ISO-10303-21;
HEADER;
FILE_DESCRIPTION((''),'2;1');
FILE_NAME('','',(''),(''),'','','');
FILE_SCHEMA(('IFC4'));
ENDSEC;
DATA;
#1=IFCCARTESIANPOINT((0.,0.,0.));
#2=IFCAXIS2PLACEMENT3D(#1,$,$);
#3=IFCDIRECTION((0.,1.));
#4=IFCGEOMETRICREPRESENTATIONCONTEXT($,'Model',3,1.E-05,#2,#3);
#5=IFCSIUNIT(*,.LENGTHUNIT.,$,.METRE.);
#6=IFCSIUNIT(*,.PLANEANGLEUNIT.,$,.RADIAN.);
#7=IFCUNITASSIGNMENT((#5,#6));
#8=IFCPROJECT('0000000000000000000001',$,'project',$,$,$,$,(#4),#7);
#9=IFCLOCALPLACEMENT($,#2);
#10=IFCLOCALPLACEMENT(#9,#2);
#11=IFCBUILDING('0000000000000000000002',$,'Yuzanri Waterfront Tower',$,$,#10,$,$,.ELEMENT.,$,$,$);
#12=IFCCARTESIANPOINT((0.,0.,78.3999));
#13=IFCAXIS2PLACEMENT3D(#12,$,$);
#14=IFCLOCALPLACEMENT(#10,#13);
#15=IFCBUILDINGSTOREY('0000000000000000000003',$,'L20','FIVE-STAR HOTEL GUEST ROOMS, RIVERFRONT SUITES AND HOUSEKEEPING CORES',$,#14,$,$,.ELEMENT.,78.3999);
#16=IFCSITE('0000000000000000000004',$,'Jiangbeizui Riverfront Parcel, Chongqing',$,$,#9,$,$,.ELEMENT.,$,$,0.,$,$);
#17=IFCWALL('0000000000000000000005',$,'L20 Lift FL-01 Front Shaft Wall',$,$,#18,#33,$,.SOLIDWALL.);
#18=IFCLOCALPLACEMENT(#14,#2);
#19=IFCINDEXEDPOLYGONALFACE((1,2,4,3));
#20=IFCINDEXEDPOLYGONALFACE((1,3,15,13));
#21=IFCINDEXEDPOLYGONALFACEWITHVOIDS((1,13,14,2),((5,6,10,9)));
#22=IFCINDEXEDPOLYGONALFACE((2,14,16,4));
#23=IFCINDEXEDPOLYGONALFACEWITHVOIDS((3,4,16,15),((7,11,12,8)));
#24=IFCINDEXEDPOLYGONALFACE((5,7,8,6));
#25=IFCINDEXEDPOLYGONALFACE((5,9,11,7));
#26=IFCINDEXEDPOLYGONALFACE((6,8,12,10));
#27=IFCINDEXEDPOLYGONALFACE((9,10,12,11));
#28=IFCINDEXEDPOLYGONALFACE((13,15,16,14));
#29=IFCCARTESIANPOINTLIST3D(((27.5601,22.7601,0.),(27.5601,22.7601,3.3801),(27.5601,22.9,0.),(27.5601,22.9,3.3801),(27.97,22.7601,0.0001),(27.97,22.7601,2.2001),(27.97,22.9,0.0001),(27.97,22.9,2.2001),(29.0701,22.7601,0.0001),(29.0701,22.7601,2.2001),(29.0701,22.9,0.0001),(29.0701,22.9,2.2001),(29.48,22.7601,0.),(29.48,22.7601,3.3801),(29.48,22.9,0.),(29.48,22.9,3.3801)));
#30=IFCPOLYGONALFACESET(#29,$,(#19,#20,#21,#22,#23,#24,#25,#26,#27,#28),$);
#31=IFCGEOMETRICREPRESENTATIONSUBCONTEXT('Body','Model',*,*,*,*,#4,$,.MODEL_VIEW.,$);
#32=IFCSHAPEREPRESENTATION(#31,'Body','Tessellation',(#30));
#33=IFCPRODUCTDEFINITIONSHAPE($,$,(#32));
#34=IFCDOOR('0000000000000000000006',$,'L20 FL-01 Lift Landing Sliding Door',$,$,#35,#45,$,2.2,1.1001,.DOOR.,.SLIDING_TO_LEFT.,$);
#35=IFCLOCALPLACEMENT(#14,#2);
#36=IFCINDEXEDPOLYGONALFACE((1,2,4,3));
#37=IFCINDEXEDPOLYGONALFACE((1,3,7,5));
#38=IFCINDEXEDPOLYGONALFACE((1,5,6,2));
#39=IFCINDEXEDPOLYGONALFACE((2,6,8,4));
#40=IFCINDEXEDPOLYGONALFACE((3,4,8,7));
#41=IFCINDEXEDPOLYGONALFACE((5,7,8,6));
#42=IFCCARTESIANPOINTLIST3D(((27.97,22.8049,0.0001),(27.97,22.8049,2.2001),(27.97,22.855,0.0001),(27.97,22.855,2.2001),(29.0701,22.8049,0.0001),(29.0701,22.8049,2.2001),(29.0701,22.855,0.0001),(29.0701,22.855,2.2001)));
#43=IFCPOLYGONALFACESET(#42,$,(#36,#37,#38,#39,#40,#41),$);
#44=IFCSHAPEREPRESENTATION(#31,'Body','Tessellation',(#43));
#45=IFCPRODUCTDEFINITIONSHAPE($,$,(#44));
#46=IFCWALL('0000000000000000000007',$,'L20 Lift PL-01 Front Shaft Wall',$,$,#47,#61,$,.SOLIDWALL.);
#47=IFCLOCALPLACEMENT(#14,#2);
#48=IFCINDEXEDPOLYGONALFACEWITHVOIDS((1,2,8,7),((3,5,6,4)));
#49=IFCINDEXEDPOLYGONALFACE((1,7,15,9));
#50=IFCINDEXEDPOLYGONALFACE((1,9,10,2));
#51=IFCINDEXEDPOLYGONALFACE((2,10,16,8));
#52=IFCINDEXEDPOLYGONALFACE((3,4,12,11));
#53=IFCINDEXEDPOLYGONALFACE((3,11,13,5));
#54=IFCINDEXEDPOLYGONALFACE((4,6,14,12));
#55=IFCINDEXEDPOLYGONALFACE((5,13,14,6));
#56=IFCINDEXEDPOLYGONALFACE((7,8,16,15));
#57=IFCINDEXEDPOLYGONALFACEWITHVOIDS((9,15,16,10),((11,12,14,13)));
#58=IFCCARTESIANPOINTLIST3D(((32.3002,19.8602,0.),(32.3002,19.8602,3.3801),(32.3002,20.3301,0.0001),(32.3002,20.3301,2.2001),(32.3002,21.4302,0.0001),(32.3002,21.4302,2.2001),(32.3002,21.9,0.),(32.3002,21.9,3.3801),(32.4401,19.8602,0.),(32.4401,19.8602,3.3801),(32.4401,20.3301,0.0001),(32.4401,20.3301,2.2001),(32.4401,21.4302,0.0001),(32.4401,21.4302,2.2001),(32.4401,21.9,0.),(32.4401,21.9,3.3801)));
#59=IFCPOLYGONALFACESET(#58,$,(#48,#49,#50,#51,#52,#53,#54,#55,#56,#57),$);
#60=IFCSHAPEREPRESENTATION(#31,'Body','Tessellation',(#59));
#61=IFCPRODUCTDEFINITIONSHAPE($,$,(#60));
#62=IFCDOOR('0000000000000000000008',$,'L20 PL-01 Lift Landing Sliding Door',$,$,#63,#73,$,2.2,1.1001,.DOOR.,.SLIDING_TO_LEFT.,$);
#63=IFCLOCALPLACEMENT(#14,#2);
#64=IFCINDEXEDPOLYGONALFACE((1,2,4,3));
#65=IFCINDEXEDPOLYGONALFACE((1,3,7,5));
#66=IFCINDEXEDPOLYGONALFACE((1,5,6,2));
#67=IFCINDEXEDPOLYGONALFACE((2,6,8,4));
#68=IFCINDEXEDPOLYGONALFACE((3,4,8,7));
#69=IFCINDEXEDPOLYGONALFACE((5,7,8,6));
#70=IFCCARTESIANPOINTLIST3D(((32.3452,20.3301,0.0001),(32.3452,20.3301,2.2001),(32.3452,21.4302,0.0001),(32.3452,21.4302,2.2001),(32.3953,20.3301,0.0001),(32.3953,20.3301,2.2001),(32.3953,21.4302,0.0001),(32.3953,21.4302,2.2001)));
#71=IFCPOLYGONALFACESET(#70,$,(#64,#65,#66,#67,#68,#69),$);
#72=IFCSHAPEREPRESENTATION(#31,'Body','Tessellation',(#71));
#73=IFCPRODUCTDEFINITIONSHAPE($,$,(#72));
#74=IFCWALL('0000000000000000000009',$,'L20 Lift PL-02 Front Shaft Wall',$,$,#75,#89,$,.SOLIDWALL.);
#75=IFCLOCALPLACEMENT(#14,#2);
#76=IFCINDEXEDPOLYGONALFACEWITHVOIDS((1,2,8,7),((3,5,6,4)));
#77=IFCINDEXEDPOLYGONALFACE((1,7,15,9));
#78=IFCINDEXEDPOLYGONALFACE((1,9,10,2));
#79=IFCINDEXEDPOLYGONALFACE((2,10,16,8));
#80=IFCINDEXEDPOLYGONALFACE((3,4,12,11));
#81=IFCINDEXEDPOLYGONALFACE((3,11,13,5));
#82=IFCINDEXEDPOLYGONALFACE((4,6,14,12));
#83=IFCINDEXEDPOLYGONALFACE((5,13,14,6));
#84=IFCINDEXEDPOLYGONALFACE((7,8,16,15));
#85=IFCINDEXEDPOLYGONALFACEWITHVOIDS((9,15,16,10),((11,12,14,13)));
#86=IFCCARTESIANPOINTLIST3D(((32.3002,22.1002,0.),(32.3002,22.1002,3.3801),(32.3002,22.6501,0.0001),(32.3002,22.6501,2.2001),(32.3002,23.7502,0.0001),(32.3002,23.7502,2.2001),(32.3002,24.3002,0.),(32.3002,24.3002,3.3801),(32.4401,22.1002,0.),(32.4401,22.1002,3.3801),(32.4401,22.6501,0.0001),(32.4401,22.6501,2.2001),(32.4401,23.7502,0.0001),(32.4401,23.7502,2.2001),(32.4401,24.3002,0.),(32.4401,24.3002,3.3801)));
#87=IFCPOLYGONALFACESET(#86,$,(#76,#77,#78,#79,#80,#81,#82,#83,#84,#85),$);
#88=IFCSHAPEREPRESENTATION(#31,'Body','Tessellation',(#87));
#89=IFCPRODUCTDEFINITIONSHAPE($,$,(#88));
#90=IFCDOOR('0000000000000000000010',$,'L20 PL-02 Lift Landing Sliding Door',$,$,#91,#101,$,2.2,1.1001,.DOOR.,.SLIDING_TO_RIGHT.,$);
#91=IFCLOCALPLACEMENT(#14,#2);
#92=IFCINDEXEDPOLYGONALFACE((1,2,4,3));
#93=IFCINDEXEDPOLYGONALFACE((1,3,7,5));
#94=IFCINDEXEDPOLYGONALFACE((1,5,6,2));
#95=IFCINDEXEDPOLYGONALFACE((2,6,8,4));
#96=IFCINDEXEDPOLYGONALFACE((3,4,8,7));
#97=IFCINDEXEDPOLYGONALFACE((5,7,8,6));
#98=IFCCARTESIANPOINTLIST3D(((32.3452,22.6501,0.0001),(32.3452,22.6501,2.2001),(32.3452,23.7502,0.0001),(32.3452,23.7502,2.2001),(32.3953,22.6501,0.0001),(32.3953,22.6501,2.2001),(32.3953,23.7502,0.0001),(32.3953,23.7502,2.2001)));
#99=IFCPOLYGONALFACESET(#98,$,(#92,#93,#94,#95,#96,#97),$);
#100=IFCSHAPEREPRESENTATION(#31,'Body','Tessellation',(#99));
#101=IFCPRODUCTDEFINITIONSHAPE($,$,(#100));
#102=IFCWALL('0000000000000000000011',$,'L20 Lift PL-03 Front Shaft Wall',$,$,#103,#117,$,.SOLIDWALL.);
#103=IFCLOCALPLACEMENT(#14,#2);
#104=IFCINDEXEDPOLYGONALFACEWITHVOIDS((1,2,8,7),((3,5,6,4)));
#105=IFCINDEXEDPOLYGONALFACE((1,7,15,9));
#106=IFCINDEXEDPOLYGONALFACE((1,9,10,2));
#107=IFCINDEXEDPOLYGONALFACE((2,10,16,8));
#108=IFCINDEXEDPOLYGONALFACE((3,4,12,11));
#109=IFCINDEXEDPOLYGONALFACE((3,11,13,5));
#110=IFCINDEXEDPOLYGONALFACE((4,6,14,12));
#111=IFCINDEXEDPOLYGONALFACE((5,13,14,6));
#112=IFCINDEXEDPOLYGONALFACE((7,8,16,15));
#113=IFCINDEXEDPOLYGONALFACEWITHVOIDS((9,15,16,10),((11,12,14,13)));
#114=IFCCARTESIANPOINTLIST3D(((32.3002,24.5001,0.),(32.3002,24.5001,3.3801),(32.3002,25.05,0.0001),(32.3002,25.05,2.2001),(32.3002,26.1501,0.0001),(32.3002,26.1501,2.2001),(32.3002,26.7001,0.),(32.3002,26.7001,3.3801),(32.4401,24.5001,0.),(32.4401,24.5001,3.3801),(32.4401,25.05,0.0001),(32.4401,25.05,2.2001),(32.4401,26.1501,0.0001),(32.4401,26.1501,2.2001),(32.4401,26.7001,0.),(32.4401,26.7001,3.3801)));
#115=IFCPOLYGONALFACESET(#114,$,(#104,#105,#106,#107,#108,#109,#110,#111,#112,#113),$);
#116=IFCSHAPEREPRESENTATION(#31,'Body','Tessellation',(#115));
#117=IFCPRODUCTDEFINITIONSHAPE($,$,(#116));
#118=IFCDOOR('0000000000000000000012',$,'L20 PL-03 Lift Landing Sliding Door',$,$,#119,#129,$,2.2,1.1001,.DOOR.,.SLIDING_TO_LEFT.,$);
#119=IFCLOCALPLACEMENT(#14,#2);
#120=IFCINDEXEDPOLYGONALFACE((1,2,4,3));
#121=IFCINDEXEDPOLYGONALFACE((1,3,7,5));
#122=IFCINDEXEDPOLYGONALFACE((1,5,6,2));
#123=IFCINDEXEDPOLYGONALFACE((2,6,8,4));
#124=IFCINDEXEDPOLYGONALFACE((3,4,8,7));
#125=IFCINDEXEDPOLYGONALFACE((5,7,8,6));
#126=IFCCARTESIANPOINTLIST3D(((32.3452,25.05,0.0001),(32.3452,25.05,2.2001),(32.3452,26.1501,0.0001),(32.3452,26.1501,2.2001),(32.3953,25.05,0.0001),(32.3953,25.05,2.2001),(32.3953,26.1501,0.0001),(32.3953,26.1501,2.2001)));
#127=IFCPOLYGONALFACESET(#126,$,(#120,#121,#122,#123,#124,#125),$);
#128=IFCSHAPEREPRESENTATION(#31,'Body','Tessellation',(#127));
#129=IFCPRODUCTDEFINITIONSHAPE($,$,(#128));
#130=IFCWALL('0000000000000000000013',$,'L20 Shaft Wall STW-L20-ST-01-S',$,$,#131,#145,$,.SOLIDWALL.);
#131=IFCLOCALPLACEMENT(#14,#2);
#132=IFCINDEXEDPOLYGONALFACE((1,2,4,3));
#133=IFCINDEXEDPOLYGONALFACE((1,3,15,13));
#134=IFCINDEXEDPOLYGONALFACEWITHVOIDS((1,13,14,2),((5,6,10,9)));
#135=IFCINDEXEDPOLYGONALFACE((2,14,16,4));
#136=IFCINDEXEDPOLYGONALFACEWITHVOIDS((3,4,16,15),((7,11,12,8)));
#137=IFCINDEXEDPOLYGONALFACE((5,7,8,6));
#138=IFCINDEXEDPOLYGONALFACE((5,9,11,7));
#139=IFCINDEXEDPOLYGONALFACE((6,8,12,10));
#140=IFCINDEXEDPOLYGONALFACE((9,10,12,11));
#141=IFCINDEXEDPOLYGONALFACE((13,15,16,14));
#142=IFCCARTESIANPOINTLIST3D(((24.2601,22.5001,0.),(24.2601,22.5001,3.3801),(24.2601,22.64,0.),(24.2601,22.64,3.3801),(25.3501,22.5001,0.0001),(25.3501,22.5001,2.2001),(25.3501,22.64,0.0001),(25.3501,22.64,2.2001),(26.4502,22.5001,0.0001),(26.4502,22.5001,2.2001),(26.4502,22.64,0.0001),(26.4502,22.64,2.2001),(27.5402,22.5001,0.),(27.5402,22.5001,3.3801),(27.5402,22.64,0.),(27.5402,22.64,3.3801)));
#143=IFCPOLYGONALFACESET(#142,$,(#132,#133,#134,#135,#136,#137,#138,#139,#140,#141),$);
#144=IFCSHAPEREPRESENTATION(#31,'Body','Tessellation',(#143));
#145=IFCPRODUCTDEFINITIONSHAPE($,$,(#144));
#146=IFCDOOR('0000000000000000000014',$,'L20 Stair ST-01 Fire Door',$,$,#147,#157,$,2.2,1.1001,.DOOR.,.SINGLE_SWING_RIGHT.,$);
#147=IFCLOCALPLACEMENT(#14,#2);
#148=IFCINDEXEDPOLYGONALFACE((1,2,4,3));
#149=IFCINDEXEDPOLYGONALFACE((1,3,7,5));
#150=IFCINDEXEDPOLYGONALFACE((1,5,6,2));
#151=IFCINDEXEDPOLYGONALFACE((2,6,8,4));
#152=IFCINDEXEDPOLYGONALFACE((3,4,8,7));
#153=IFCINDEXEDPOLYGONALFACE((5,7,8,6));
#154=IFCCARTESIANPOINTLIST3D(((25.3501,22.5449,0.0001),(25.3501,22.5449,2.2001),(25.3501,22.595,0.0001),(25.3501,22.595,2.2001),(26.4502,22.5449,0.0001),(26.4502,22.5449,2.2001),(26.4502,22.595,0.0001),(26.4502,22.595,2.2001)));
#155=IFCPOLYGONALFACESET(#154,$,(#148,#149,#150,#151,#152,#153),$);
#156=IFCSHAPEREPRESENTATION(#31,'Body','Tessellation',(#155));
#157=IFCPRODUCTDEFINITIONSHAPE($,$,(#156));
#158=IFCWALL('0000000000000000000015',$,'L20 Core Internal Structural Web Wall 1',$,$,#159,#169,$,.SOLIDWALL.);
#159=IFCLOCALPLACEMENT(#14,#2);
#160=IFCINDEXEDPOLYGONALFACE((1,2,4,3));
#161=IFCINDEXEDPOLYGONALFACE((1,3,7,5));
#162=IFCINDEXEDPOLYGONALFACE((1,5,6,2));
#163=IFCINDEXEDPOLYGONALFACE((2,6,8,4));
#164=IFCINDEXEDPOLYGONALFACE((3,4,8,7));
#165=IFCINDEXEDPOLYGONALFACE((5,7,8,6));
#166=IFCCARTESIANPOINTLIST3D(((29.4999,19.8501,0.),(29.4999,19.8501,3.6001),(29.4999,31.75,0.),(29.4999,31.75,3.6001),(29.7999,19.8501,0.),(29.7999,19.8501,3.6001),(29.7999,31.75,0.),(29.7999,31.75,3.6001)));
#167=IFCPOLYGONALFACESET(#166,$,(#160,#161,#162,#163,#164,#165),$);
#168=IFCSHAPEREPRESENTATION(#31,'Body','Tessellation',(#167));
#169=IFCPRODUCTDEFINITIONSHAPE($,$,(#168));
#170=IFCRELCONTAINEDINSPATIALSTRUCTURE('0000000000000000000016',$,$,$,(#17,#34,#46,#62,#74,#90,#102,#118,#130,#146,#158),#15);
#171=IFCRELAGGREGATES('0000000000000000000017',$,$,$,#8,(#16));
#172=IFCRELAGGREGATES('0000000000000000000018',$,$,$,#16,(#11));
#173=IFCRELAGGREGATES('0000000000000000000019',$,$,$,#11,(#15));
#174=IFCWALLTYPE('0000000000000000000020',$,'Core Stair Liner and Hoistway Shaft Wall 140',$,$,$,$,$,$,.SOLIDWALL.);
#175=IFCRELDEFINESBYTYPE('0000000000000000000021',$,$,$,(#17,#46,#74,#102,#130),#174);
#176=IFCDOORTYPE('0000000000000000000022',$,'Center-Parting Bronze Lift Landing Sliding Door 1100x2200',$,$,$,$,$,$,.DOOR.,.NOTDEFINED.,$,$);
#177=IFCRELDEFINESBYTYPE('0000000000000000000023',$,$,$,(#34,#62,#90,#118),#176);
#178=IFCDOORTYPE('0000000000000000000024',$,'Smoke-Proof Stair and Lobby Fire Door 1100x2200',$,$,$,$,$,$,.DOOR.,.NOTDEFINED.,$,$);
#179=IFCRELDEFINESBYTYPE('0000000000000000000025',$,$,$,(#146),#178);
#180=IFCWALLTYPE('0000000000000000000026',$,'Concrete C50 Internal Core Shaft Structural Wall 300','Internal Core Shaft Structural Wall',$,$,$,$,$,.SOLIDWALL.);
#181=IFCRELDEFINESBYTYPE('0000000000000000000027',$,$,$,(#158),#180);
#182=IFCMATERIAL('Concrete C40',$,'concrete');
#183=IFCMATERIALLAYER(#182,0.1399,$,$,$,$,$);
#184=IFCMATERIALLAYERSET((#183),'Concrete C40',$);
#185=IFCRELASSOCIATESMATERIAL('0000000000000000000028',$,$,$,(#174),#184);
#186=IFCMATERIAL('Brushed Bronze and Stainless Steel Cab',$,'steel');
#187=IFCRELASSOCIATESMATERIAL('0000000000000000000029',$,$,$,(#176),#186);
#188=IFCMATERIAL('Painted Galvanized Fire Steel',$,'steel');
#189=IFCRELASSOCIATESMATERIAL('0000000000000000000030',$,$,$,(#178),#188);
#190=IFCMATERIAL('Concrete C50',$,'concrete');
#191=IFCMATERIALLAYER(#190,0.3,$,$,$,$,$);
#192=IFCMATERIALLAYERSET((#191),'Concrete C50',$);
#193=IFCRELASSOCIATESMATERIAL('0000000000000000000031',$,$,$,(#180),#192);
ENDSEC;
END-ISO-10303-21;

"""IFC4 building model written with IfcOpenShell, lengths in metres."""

from ifc_helpers import new_model, si_unit, direction, frame, frame_2d, origin, place, context, subcontext, project, spatial, rectangle, extrude, source, transform, mapped, material, layer, layer_set, type_object, element, fill, save


model = new_model("IFC4")

# Units and contexts
model_context = context("Model", 3, precision=1e-05, world=origin(), true_north=direction((0.0, 1.0)))
body_context = subcontext(model_context, "Body", "Model", "MODEL_VIEW")
ifc_project = project(units=[si_unit("LENGTHUNIT", "METRE"), si_unit("PLANEANGLEUNIT", "RADIAN")], contexts=[model_context])

# Site, building, storey
site_placement = place(None, origin())
site = spatial("IfcSite", under=ifc_project, at=site_placement, Name="Jiangbeizui Riverfront Parcel, Chongqing", CompositionType="ELEMENT", RefElevation=0.0)
building_placement = place(site_placement, origin())
building = spatial("IfcBuilding", under=site, at=building_placement, Name="Yuzanri Waterfront Tower", CompositionType="ELEMENT")
storey_placement = place(building_placement, frame((0.0, 0.0, 78.3999)))
storey = spatial("IfcBuildingStorey", under=building, at=storey_placement, Name="L20", Description="FIVE-STAR HOTEL GUEST ROOMS, RIVERFRONT SUITES AND HOUSEKEEPING CORES", CompositionType="ELEMENT", Elevation=78.3999)

# Walls, openings, doors
ifc_material_1 = material(Name="Concrete C40", Category="concrete")
ifc_layer_1 = layer(ifc_material_1, 0.1399)
ifc_layer_set_1 = layer_set([ifc_layer_1], Name="Concrete C40")
wall_type_1 = type_object("IfcWallType", Name="Core Stair Liner and Hoistway Shaft Wall 140", PredefinedType="SOLIDWALL", material=ifc_layer_set_1)
wall_1_placement = place(storey_placement, frame((27.5601, 22.8301, 0.0), z_axis=(0.0, 0.0, 1.0), x_axis=(1.0, 0.0, 0.0)))
wall_1 = element("IfcWall", 1, at=wall_1_placement, inside=storey, type_object=wall_type_1, Name="L20 Lift FL-01 Front Shaft Wall", PredefinedType="SOLIDWALL", context=body_context, shape_type="SweptSolid", body=[
    extrude(rectangle(XDim=1.9199, YDim=0.1399, at=frame_2d((0.96, 0.0))), origin(), (0.0, 0.0, 1.0), 3.3801),
])
opening_1_placement = place(wall_1_placement, frame((0.4099, 0.0, 0.0)))
opening_1 = element("IfcOpeningElement", 2, at=opening_1_placement, cuts=wall_1, PredefinedType="OPENING", context=body_context, shape_type="SweptSolid", body=[
    extrude(rectangle(XDim=1.1001, YDim=2.2, at=frame_2d((0.55, 1.1001))), frame((0.0, 0.085, 0.0), z_axis=(0.0, -1.0, 0.0), x_axis=(1.0, 0.0, 0.0)), (0.0, 0.0, 1.0), 0.1697),
])
ifc_material_2 = material(Name="Brushed Bronze and Stainless Steel Cab", Category="steel")
door_type_1 = type_object("IfcDoorType", Name="Center-Parting Bronze Lift Landing Sliding Door 1100x2200", OperationType="NOTDEFINED", PredefinedType="DOOR", material=ifc_material_2)
shared_shape_1 = source(origin(), body_context, "Body", "SweptSolid", [
    extrude(rectangle(XDim=1.1001, YDim=2.2, at=frame_2d((0.55, 1.1001))), frame((0.0, 0.0249, 0.0), z_axis=(0.0, -1.0, 0.0), x_axis=(1.0, 0.0, 0.0)), (0.0, 0.0, 1.0), 0.05),
])
door_1_placement = place(opening_1_placement, origin())
door_1 = element("IfcDoor", 3, at=door_1_placement, inside=storey, type_object=door_type_1, Name="L20 FL-01 Lift Landing Sliding Door", OperationType="SLIDING_TO_LEFT", OverallHeight=2.2, OverallWidth=1.1001, PredefinedType="DOOR", context=body_context, shape_type="MappedRepresentation", body=[
    mapped(shared_shape_1, transform((0.0, 0.0, 0.0), scale=1.0)),
])
fill(opening_1, door_1)
wall_2_placement = place(storey_placement, frame((32.3701, 19.8601, 0.0), z_axis=(0.0, 0.0, 1.0), x_axis=(0.0, 1.0, 0.0)))
wall_2 = element("IfcWall", 4, at=wall_2_placement, inside=storey, type_object=wall_type_1, Name="L20 Lift PL-01 Front Shaft Wall", PredefinedType="SOLIDWALL", context=body_context, shape_type="SweptSolid", body=[
    extrude(rectangle(XDim=2.0398, YDim=0.1399, at=frame_2d((1.02, 0.0))), origin(), (0.0, 0.0, 1.0), 3.3801),
])
opening_2_placement = place(wall_2_placement, frame((0.47, 0.0, 0.0)))
opening_2 = element("IfcOpeningElement", 5, at=opening_2_placement, cuts=wall_2, PredefinedType="OPENING", context=body_context, shape_type="SweptSolid", body=[
    extrude(rectangle(XDim=1.1001, YDim=2.2, at=frame_2d((0.55, 1.1001))), frame((0.0, 0.085, 0.0), z_axis=(0.0, -1.0, 0.0), x_axis=(1.0, 0.0, 0.0)), (0.0, 0.0, 1.0), 0.1697),
])
door_2_placement = place(opening_2_placement, origin())
door_2 = element("IfcDoor", 6, at=door_2_placement, inside=storey, type_object=door_type_1, Name="L20 PL-01 Lift Landing Sliding Door", OperationType="SLIDING_TO_LEFT", OverallHeight=2.2, OverallWidth=1.1001, PredefinedType="DOOR", context=body_context, shape_type="MappedRepresentation", body=[
    mapped(shared_shape_1, transform((0.0, 0.0, 0.0), scale=1.0)),
])
fill(opening_2, door_2)
wall_3_placement = place(storey_placement, frame((32.3701, 22.1001, 0.0), z_axis=(0.0, 0.0, 1.0), x_axis=(0.0, 1.0, 0.0)))
wall_3 = element("IfcWall", 7, at=wall_3_placement, inside=storey, type_object=wall_type_1, Name="L20 Lift PL-02 Front Shaft Wall", PredefinedType="SOLIDWALL", context=body_context, shape_type="SweptSolid", body=[
    extrude(rectangle(XDim=2.2, YDim=0.1399, at=frame_2d((1.1001, 0.0))), origin(), (0.0, 0.0, 1.0), 3.3801),
])
opening_3_placement = place(wall_3_placement, frame((0.55, 0.0, 0.0)))
opening_3 = element("IfcOpeningElement", 8, at=opening_3_placement, cuts=wall_3, PredefinedType="OPENING", context=body_context, shape_type="SweptSolid", body=[
    extrude(rectangle(XDim=1.1001, YDim=2.2, at=frame_2d((0.55, 1.1001))), frame((0.0, 0.085, 0.0), z_axis=(0.0, -1.0, 0.0), x_axis=(1.0, 0.0, 0.0)), (0.0, 0.0, 1.0), 0.1697),
])
door_3_placement = place(opening_3_placement, origin())
door_3 = element("IfcDoor", 9, at=door_3_placement, inside=storey, type_object=door_type_1, Name="L20 PL-02 Lift Landing Sliding Door", OperationType="SLIDING_TO_RIGHT", OverallHeight=2.2, OverallWidth=1.1001, PredefinedType="DOOR", context=body_context, shape_type="MappedRepresentation", body=[
    mapped(shared_shape_1, transform((0.0, 0.0, 0.0), scale=1.0)),
])
fill(opening_3, door_3)
wall_4_placement = place(storey_placement, frame((32.3701, 24.5, 0.0), z_axis=(0.0, 0.0, 1.0), x_axis=(0.0, 1.0, 0.0)))
wall_4 = element("IfcWall", 10, at=wall_4_placement, inside=storey, type_object=wall_type_1, Name="L20 Lift PL-03 Front Shaft Wall", PredefinedType="SOLIDWALL", context=body_context, shape_type="SweptSolid", body=[
    extrude(rectangle(XDim=2.2, YDim=0.1399, at=frame_2d((1.1001, 0.0))), origin(), (0.0, 0.0, 1.0), 3.3801),
])
opening_4_placement = place(wall_4_placement, frame((0.55, 0.0, 0.0)))
opening_4 = element("IfcOpeningElement", 11, at=opening_4_placement, cuts=wall_4, PredefinedType="OPENING", context=body_context, shape_type="SweptSolid", body=[
    extrude(rectangle(XDim=1.1001, YDim=2.2, at=frame_2d((0.55, 1.1001))), frame((0.0, 0.085, 0.0), z_axis=(0.0, -1.0, 0.0), x_axis=(1.0, 0.0, 0.0)), (0.0, 0.0, 1.0), 0.1697),
])
door_4_placement = place(opening_4_placement, origin())
door_4 = element("IfcDoor", 12, at=door_4_placement, inside=storey, type_object=door_type_1, Name="L20 PL-03 Lift Landing Sliding Door", OperationType="SLIDING_TO_LEFT", OverallHeight=2.2, OverallWidth=1.1001, PredefinedType="DOOR", context=body_context, shape_type="MappedRepresentation", body=[
    mapped(shared_shape_1, transform((0.0, 0.0, 0.0), scale=1.0)),
])
fill(opening_4, door_4)
wall_5_placement = place(storey_placement, frame((24.26, 22.5701, 0.0), z_axis=(0.0, 0.0, 1.0), x_axis=(1.0, 0.0, 0.0)))
wall_5 = element("IfcWall", 13, at=wall_5_placement, inside=storey, type_object=wall_type_1, Name="L20 Shaft Wall STW-L20-ST-01-S", PredefinedType="SOLIDWALL", context=body_context, shape_type="SweptSolid", body=[
    extrude(rectangle(XDim=3.28, YDim=0.1399, at=frame_2d((1.6401, 0.0))), origin(), (0.0, 0.0, 1.0), 3.3801),
])
opening_5_placement = place(wall_5_placement, frame((1.0901, 0.0, 0.0)))
opening_5 = element("IfcOpeningElement", 14, at=opening_5_placement, cuts=wall_5, PredefinedType="OPENING", context=body_context, shape_type="SweptSolid", body=[
    extrude(rectangle(XDim=1.1001, YDim=2.2, at=frame_2d((0.55, 1.1001))), frame((0.0, 0.085, 0.0), z_axis=(0.0, -1.0, 0.0), x_axis=(1.0, 0.0, 0.0)), (0.0, 0.0, 1.0), 0.1697),
])
ifc_material_3 = material(Name="Painted Galvanized Fire Steel", Category="steel")
door_type_2 = type_object("IfcDoorType", Name="Smoke-Proof Stair and Lobby Fire Door 1100x2200", OperationType="NOTDEFINED", PredefinedType="DOOR", material=ifc_material_3)
shared_shape_2 = source(origin(), body_context, "Body", "SweptSolid", [
    extrude(rectangle(XDim=1.1001, YDim=2.2, at=frame_2d((0.55, 1.1001))), frame((0.0, 0.0249, 0.0), z_axis=(0.0, -1.0, 0.0), x_axis=(1.0, 0.0, 0.0)), (0.0, 0.0, 1.0), 0.05),
])
door_5_placement = place(opening_5_placement, origin())
door_5 = element("IfcDoor", 15, at=door_5_placement, inside=storey, type_object=door_type_2, Name="L20 Stair ST-01 Fire Door", OperationType="SINGLE_SWING_RIGHT", OverallHeight=2.2, OverallWidth=1.1001, PredefinedType="DOOR", context=body_context, shape_type="MappedRepresentation", body=[
    mapped(shared_shape_2, transform((0.0, 0.0, 0.0), scale=1.0)),
])
fill(opening_5, door_5)

# Wall
ifc_material_4 = material(Name="Concrete C50", Category="concrete")
ifc_layer_2 = layer(ifc_material_4, 0.3)
ifc_layer_set_2 = layer_set([ifc_layer_2], Name="Concrete C50")
wall_type_2 = type_object("IfcWallType", Name="Concrete C50 Internal Core Shaft Structural Wall 300", Description="Internal Core Shaft Structural Wall", PredefinedType="SOLIDWALL", material=ifc_layer_set_2)
shared_shape_3 = source(origin(), body_context, "Body", "SweptSolid", [
    extrude(rectangle(XDim=11.8999, YDim=0.3, at=frame_2d((5.95, 0.0))), origin(), (0.0, 0.0, 1.0), 3.6001),
])
wall_6_placement = place(storey_placement, frame((29.6499, 19.8501, 0.0), z_axis=(0.0, 0.0, 1.0), x_axis=(0.0, 1.0, 0.0)))
element("IfcWall", 16, at=wall_6_placement, inside=storey, type_object=wall_type_2, Name="L20 Core Internal Structural Web Wall 1", PredefinedType="SOLIDWALL", context=body_context, shape_type="MappedRepresentation", body=[
    mapped(shared_shape_3, transform((0.0, 0.0, 0.0), scale=1.0)),
])

save(model, "model.ifc")
